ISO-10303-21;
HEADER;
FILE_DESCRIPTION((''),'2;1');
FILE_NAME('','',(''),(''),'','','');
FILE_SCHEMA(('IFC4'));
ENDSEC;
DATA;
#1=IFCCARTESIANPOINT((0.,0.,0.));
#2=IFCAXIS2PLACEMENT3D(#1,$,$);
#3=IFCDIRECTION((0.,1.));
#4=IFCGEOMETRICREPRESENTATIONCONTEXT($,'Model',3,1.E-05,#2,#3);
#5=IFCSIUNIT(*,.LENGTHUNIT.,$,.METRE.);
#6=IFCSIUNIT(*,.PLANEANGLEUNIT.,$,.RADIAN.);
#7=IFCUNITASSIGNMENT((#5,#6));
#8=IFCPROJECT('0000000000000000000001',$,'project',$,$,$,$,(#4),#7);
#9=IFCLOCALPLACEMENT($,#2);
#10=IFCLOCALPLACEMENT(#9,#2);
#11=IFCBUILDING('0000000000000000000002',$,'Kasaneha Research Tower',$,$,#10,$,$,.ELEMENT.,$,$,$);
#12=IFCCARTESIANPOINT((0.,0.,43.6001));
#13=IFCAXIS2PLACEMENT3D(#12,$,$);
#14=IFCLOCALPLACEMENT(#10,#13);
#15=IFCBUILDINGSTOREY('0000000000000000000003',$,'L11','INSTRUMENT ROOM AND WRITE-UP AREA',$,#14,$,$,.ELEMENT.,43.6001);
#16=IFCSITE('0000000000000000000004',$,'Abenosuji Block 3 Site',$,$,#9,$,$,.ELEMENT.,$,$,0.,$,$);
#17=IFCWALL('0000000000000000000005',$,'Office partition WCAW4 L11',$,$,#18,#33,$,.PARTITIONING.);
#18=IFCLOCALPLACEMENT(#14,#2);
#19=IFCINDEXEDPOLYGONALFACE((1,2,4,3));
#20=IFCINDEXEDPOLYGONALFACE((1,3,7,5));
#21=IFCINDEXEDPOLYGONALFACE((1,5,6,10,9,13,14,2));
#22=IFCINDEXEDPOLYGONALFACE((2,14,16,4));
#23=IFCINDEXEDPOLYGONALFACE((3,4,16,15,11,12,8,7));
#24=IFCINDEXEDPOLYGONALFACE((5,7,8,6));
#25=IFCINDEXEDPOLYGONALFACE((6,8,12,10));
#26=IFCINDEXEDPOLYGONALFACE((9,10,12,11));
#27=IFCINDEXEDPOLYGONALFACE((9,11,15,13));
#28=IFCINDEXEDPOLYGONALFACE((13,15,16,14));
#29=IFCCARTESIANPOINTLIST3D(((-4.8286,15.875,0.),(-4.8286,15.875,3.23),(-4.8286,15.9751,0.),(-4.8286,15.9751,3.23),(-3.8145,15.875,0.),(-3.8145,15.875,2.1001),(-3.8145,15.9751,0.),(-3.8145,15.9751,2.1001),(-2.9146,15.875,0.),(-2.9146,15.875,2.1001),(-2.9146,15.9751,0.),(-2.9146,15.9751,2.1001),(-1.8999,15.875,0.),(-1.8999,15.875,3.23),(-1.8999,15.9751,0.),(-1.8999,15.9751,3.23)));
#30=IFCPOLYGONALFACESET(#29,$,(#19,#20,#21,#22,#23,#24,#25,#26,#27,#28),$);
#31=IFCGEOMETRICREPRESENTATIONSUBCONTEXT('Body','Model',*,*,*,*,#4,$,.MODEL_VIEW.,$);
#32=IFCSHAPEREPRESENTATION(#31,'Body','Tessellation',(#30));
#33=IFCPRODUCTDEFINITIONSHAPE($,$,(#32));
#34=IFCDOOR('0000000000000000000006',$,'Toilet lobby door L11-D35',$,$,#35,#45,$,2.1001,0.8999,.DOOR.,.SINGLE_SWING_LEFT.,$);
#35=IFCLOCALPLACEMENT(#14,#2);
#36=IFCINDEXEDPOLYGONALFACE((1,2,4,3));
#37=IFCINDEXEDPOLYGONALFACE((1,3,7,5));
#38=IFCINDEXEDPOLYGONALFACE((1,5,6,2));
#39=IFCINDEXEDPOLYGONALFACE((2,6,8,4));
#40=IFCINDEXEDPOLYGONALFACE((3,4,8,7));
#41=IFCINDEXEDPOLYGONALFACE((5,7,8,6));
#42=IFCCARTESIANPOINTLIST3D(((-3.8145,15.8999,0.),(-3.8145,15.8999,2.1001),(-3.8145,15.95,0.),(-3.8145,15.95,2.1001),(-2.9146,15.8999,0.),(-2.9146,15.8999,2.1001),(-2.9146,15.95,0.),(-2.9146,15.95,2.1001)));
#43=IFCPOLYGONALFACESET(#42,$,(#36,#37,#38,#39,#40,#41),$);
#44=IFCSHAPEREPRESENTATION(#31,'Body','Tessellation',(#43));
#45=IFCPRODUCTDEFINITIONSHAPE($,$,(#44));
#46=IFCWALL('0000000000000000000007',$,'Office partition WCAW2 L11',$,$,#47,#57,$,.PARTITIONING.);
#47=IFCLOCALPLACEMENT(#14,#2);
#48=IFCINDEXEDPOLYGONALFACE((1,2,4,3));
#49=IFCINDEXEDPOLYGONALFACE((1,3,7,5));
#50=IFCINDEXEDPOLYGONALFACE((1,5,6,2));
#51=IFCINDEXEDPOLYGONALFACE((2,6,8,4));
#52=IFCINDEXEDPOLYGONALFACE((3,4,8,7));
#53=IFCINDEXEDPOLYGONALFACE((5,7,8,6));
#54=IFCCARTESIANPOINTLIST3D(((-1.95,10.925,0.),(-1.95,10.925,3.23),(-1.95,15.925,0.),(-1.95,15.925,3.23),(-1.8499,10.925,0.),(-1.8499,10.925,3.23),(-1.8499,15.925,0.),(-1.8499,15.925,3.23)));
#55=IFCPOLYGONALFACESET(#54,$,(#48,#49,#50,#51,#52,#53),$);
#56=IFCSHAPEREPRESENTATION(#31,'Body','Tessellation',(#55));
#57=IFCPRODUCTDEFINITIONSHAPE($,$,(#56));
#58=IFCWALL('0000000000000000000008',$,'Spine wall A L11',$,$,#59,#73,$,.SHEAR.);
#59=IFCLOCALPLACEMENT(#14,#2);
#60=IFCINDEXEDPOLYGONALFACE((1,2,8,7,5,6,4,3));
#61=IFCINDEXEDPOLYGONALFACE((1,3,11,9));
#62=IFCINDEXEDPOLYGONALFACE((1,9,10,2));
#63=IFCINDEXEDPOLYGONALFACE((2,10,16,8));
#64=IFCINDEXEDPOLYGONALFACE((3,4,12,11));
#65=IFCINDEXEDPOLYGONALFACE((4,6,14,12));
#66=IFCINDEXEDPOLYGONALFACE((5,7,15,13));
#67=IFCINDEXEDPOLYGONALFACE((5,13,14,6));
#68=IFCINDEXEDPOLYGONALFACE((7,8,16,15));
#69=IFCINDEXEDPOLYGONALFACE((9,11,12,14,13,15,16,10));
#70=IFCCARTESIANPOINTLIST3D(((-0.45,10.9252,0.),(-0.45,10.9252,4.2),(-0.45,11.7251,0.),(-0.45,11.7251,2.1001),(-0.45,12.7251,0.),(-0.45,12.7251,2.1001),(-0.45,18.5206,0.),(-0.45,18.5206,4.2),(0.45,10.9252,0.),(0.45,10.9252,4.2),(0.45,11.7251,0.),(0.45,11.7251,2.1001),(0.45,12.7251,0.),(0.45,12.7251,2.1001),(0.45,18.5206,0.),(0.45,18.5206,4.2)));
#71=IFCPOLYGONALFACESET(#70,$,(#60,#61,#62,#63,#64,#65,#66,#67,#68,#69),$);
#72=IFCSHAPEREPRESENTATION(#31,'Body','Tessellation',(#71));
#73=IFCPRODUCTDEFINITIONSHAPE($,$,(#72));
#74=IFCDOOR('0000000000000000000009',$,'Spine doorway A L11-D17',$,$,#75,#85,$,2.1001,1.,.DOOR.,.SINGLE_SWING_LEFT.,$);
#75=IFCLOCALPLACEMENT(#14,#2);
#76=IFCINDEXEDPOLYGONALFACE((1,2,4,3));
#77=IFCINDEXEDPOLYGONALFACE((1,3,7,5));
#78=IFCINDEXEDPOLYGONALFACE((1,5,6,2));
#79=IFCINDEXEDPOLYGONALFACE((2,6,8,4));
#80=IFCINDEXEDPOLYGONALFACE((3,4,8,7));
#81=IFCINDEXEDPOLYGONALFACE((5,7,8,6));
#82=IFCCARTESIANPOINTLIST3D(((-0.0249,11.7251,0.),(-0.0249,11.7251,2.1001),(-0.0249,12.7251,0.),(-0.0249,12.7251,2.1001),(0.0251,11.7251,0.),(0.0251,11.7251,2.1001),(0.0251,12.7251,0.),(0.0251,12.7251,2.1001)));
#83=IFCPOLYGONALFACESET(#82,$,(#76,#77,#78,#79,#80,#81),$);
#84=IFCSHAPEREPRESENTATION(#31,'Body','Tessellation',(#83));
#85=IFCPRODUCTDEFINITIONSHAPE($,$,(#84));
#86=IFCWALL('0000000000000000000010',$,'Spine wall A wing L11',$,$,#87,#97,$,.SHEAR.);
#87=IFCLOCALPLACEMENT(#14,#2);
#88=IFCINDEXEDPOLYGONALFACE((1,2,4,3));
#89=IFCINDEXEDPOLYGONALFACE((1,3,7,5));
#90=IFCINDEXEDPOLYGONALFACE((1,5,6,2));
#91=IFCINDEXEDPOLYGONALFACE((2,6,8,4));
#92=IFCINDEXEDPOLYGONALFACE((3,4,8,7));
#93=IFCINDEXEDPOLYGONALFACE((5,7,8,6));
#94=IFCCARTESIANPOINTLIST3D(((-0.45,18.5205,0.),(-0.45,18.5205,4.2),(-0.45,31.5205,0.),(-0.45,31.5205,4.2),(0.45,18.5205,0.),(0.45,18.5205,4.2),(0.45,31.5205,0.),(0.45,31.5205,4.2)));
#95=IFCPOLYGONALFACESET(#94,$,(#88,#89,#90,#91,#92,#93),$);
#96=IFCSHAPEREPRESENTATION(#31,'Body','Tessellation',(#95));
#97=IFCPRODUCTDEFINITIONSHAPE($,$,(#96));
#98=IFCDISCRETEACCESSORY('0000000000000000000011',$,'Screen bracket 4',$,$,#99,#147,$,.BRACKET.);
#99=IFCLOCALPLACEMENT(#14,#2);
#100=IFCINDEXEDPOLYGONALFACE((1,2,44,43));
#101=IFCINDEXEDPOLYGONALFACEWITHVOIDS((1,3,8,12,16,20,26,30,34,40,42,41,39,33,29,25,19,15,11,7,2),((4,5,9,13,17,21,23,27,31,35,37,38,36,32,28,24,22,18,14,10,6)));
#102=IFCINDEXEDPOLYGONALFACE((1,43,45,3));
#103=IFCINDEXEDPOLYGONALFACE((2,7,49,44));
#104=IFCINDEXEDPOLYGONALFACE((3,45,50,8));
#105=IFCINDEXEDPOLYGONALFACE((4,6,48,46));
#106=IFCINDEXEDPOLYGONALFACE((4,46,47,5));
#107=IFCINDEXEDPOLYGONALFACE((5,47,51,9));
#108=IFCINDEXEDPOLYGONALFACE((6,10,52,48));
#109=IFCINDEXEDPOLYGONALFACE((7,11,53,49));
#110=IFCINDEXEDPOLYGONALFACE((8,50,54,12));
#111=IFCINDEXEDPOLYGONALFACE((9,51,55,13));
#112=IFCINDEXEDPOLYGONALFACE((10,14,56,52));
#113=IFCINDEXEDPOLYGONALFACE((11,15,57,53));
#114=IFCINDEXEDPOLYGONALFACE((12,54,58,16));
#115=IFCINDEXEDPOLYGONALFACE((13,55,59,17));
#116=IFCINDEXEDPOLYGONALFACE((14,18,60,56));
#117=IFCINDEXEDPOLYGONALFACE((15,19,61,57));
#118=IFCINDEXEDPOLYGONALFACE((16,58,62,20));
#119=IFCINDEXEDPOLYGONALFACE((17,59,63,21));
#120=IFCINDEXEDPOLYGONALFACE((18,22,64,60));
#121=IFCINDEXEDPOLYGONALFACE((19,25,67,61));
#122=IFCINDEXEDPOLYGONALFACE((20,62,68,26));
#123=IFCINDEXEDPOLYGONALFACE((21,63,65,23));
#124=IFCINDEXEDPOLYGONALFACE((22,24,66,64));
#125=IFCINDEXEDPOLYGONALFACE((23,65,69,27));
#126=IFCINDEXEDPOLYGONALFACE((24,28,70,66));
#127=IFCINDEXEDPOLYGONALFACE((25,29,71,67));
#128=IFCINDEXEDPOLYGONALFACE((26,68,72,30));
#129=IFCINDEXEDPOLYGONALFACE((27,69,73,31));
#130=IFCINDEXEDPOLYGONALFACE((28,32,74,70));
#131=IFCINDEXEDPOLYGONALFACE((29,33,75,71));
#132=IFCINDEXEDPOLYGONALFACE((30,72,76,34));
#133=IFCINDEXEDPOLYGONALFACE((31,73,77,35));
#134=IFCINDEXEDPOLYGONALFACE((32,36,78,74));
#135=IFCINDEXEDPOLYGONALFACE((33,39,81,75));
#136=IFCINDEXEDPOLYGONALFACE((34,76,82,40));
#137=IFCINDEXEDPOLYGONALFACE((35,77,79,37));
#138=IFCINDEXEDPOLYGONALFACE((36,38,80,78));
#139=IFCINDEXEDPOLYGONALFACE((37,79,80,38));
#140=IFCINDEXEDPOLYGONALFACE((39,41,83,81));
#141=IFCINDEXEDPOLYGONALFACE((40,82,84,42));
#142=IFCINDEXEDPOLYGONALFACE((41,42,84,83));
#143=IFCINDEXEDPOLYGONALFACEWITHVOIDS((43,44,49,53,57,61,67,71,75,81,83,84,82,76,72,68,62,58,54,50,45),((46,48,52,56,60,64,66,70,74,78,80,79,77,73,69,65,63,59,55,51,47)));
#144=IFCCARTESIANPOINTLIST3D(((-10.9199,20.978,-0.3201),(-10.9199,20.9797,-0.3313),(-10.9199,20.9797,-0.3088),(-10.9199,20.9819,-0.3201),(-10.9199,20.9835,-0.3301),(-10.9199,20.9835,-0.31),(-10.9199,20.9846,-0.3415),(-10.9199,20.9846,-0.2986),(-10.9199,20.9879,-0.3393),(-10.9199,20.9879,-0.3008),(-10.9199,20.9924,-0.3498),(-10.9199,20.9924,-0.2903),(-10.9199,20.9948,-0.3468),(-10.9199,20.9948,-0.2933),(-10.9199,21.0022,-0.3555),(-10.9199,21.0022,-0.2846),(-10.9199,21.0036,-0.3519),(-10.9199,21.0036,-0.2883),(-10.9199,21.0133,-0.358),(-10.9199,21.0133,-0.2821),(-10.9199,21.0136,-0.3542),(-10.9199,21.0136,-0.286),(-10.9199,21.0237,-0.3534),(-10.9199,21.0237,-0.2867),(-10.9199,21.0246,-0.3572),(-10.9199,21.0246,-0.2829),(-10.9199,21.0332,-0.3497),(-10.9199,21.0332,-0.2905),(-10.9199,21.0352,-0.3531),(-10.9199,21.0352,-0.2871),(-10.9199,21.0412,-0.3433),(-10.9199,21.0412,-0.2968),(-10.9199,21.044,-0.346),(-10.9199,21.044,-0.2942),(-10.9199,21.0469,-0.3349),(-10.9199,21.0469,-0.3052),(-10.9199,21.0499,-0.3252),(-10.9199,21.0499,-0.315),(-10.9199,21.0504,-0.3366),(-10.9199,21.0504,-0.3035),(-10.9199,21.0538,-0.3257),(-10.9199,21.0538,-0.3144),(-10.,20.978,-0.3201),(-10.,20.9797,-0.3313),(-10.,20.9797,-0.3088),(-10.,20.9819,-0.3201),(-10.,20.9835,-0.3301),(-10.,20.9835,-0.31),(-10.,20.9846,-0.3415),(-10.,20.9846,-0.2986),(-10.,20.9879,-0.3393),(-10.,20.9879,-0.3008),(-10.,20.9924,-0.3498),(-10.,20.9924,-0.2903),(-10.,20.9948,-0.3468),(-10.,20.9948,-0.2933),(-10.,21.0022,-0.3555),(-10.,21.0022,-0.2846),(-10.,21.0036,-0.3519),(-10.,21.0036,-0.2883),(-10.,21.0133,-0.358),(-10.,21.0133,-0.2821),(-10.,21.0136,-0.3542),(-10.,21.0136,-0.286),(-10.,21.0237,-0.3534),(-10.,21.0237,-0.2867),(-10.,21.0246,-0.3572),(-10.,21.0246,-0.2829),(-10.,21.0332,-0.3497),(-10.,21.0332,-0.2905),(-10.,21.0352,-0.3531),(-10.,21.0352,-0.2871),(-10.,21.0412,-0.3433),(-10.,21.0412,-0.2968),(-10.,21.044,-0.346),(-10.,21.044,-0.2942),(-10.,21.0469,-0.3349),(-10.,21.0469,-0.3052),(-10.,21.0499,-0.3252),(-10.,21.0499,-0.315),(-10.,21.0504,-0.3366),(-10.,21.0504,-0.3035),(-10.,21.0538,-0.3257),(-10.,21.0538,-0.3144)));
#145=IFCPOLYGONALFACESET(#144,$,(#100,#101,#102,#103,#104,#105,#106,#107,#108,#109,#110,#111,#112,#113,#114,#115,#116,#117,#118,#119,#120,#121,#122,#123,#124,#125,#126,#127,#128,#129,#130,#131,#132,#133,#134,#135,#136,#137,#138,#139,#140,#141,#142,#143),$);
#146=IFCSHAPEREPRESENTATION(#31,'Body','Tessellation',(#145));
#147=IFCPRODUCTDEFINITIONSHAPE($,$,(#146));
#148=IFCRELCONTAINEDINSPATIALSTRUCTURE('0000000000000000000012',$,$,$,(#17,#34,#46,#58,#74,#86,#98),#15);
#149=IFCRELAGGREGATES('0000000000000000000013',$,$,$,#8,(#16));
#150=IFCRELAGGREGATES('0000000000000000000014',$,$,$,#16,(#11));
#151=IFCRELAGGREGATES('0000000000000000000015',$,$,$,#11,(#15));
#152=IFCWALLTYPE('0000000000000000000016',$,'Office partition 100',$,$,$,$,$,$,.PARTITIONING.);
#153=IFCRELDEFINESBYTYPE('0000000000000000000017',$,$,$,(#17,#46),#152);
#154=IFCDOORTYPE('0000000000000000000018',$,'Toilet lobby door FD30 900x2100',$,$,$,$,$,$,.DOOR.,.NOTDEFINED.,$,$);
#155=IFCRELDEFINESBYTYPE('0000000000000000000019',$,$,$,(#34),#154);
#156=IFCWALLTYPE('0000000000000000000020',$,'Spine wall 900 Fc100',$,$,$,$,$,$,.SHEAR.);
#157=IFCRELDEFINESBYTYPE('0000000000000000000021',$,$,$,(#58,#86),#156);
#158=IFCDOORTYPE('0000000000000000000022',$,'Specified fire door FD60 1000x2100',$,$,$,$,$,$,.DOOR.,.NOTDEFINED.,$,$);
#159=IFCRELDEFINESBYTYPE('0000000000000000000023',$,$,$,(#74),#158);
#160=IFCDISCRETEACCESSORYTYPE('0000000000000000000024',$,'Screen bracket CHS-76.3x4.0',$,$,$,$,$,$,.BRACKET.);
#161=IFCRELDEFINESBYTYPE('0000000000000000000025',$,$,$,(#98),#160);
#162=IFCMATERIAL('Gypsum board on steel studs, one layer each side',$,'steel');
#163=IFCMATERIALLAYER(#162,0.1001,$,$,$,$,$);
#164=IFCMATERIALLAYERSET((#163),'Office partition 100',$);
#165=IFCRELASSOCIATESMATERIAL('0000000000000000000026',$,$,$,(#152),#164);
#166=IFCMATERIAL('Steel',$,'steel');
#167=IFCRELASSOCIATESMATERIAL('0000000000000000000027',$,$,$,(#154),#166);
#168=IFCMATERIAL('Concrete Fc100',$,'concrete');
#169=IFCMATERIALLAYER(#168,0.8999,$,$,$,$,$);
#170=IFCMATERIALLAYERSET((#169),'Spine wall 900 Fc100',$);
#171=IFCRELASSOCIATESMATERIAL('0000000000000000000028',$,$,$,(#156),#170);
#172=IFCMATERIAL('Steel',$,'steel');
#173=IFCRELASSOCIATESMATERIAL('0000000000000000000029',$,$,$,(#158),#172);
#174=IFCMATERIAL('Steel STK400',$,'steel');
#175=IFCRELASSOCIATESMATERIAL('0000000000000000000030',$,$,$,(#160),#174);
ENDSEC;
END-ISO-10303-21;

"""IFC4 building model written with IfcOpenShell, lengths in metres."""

from ifc_helpers import new_model, si_unit, direction, frame, frame_2d, origin, origin_2d, place, context, subcontext, project, spatial, rectangle, hollow_circle, extrude, material, layer, layer_set, material_profile, profile_set, type_object, element, fill, save


model = new_model("IFC4")

# Units and contexts
model_context = context("Model", 3, precision=1e-05, world=origin(), true_north=direction((0.0, 1.0)))
body_context = subcontext(model_context, "Body", "Model", "MODEL_VIEW")
ifc_project = project(units=[si_unit("LENGTHUNIT", "METRE"), si_unit("PLANEANGLEUNIT", "RADIAN")], contexts=[model_context])

# Site, building, storey
site_placement = place(None, origin())
site = spatial("IfcSite", under=ifc_project, at=site_placement, Name="Abenosuji Block 3 Site", CompositionType="ELEMENT", RefElevation=0.0)
building_placement = place(site_placement, origin())
building = spatial("IfcBuilding", under=site, at=building_placement, Name="Kasaneha Research Tower", CompositionType="ELEMENT")
storey_placement = place(building_placement, frame((0.0, 0.0, 43.6001)))
storey = spatial("IfcBuildingStorey", under=building, at=storey_placement, Name="L11", Description="INSTRUMENT ROOM AND WRITE-UP AREA", CompositionType="ELEMENT", Elevation=43.6001)

# Wall, opening, door
ifc_material_1 = material(Name="Gypsum board on steel studs, one layer each side", Category="steel")
ifc_layer_1 = layer(ifc_material_1, 0.1001)
ifc_layer_set_1 = layer_set([ifc_layer_1], Name="Office partition 100")
wall_type_1 = type_object("IfcWallType", Name="Office partition 100", PredefinedType="PARTITIONING", material=ifc_layer_set_1)
ifc_material_2 = material(Name="Steel", Category="steel")
door_type_1 = type_object("IfcDoorType", Name="Toilet lobby door FD30 900x2100", OperationType="NOTDEFINED", PredefinedType="DOOR", material=ifc_material_2)
wall_1_placement = place(storey_placement, frame((-4.8286, 15.925, 0.0), z_axis=(0.0, 0.0, 1.0), x_axis=(1.0, 0.0, 0.0)))
wall_1 = element("IfcWall", 1, at=wall_1_placement, inside=storey, type_object=wall_type_1, Name="Office partition WCAW4 L11", PredefinedType="PARTITIONING", context=body_context, shape_type="SweptSolid", body=[
    extrude(rectangle(XDim=2.9287, YDim=0.1001, at=frame_2d((1.4644, 0.0))), origin(), (0.0, 0.0, 1.0), 3.23),
])
opening_1_placement = place(wall_1_placement, frame((1.0142, 0.0, 0.0)))
opening_1 = element("IfcOpeningElement", 2, at=opening_1_placement, cuts=wall_1, PredefinedType="OPENING", context=body_context, shape_type="SweptSolid", body=[
    extrude(rectangle(XDim=0.8999, YDim=2.1001, at=frame_2d((0.45, 1.05))), frame((0.0, 0.0601, 0.0), z_axis=(0.0, -1.0, 0.0), x_axis=(1.0, 0.0, 0.0)), (0.0, 0.0, 1.0), 0.1201),
])
door_1_placement = place(opening_1_placement, origin())
door_1 = element("IfcDoor", 3, at=door_1_placement, inside=storey, type_object=door_type_1, Name="Toilet lobby door L11-D35", OperationType="SINGLE_SWING_LEFT", OverallHeight=2.1001, OverallWidth=0.8999, PredefinedType="DOOR", context=body_context, shape_type="SweptSolid", body=[
    extrude(rectangle(XDim=0.8999, YDim=2.1001, at=frame_2d((0.45, 1.05))), frame((0.0, 0.0249, 0.0), z_axis=(0.0, -1.0, 0.0), x_axis=(1.0, 0.0, 0.0)), (0.0, 0.0, 1.0), 0.05),
])
fill(opening_1, door_1)

# Wall
wall_2_placement = place(storey_placement, frame((-1.8999, 10.925, 0.0), z_axis=(0.0, 0.0, 1.0), x_axis=(0.0, 1.0, 0.0)))
element("IfcWall", 4, at=wall_2_placement, inside=storey, type_object=wall_type_1, Name="Office partition WCAW2 L11", PredefinedType="PARTITIONING", context=body_context, shape_type="SweptSolid", body=[
    extrude(rectangle(XDim=5.0, YDim=0.1001, at=frame_2d((2.5, 0.0))), origin(), (0.0, 0.0, 1.0), 3.23),
])

# Wall, opening, door
ifc_material_3 = material(Name="Concrete Fc100", Category="concrete")
ifc_layer_2 = layer(ifc_material_3, 0.8999)
ifc_layer_set_2 = layer_set([ifc_layer_2], Name="Spine wall 900 Fc100")
wall_type_2 = type_object("IfcWallType", Name="Spine wall 900 Fc100", PredefinedType="SHEAR", material=ifc_layer_set_2)
wall_3_placement = place(storey_placement, frame((0.0, 10.925, 0.0), z_axis=(0.0, 0.0, 1.0), x_axis=(0.0, 1.0, 0.0)))
wall_3 = element("IfcWall", 5, at=wall_3_placement, inside=storey, type_object=wall_type_2, Name="Spine wall A L11", PredefinedType="SHEAR", context=body_context, shape_type="SweptSolid", body=[
    extrude(rectangle(XDim=7.5955, YDim=0.8999, at=frame_2d((3.7979, 0.0))), origin(), (0.0, 0.0, 1.0), 4.2),
])
opening_2_placement = place(wall_3_placement, frame((0.8, 0.0, 0.0)))
opening_2 = element("IfcOpeningElement", 6, at=opening_2_placement, cuts=wall_3, PredefinedType="OPENING", context=body_context, shape_type="SweptSolid", body=[
    extrude(rectangle(XDim=1.0, YDim=2.1001, at=frame_2d((0.5, 1.05))), frame((0.0, 0.46, 0.0), z_axis=(0.0, -1.0, 0.0), x_axis=(1.0, 0.0, 0.0)), (0.0, 0.0, 1.0), 0.9199),
])
ifc_material_4 = material(Name="Steel", Category="steel")
door_type_2 = type_object("IfcDoorType", Name="Specified fire door FD60 1000x2100", OperationType="NOTDEFINED", PredefinedType="DOOR", material=ifc_material_4)
door_2_placement = place(opening_2_placement, origin())
door_2 = element("IfcDoor", 7, at=door_2_placement, inside=storey, type_object=door_type_2, Name="Spine doorway A L11-D17", OperationType="SINGLE_SWING_LEFT", OverallHeight=2.1001, OverallWidth=1.0, PredefinedType="DOOR", context=body_context, shape_type="SweptSolid", body=[
    extrude(rectangle(XDim=1.0, YDim=2.1001, at=frame_2d((0.5, 1.05))), frame((0.0, 0.0249, 0.0), z_axis=(0.0, -1.0, 0.0), x_axis=(1.0, 0.0, 0.0)), (0.0, 0.0, 1.0), 0.05),
])
fill(opening_2, door_2)

# Wall
wall_4_placement = place(storey_placement, frame((0.0, 18.5205, 0.0), z_axis=(0.0, 0.0, 1.0), x_axis=(0.0, 1.0, 0.0)))
element("IfcWall", 8, at=wall_4_placement, inside=storey, type_object=wall_type_2, Name="Spine wall A wing L11", PredefinedType="SHEAR", context=body_context, shape_type="SweptSolid", body=[
    extrude(rectangle(XDim=13.0, YDim=0.8999, at=frame_2d((6.5, 0.0))), origin(), (0.0, 0.0, 1.0), 4.2),
])

# Discrete accessory
ifc_material_5 = material(Name="Steel STK400", Category="steel")
ifc_material_profile_1 = material_profile(ifc_material_5, hollow_circle(Radius=0.0381, WallThickness=0.0039, at=origin_2d()), Name="CHS-76.3x4.0")
ifc_profile_set_1 = profile_set([ifc_material_profile_1], Name="Steel STK400")
discrete_accessory_type = type_object("IfcDiscreteAccessoryType", Name="Screen bracket CHS-76.3x4.0", PredefinedType="BRACKET", material=ifc_profile_set_1)
for number, where, z_axis, x_axis, name in (
    (9, (-10.0, 21.0161, -0.3201), (-1.0, 0.0, 0.0), (0.0, -1.0, 0.0), "Screen bracket 4"),
):
    element("IfcDiscreteAccessory", number, at=place(storey_placement, frame(where, z_axis=z_axis, x_axis=x_axis)), inside=storey, type_object=discrete_accessory_type, Name=name, PredefinedType="BRACKET", context=body_context, shape_type="SweptSolid", body=[
        extrude(hollow_circle(Radius=0.0381, WallThickness=0.0039, at=origin_2d()), origin(), (0.0, 0.0, 1.0), 0.9199),
    ])

save(model, "model.ifc")
